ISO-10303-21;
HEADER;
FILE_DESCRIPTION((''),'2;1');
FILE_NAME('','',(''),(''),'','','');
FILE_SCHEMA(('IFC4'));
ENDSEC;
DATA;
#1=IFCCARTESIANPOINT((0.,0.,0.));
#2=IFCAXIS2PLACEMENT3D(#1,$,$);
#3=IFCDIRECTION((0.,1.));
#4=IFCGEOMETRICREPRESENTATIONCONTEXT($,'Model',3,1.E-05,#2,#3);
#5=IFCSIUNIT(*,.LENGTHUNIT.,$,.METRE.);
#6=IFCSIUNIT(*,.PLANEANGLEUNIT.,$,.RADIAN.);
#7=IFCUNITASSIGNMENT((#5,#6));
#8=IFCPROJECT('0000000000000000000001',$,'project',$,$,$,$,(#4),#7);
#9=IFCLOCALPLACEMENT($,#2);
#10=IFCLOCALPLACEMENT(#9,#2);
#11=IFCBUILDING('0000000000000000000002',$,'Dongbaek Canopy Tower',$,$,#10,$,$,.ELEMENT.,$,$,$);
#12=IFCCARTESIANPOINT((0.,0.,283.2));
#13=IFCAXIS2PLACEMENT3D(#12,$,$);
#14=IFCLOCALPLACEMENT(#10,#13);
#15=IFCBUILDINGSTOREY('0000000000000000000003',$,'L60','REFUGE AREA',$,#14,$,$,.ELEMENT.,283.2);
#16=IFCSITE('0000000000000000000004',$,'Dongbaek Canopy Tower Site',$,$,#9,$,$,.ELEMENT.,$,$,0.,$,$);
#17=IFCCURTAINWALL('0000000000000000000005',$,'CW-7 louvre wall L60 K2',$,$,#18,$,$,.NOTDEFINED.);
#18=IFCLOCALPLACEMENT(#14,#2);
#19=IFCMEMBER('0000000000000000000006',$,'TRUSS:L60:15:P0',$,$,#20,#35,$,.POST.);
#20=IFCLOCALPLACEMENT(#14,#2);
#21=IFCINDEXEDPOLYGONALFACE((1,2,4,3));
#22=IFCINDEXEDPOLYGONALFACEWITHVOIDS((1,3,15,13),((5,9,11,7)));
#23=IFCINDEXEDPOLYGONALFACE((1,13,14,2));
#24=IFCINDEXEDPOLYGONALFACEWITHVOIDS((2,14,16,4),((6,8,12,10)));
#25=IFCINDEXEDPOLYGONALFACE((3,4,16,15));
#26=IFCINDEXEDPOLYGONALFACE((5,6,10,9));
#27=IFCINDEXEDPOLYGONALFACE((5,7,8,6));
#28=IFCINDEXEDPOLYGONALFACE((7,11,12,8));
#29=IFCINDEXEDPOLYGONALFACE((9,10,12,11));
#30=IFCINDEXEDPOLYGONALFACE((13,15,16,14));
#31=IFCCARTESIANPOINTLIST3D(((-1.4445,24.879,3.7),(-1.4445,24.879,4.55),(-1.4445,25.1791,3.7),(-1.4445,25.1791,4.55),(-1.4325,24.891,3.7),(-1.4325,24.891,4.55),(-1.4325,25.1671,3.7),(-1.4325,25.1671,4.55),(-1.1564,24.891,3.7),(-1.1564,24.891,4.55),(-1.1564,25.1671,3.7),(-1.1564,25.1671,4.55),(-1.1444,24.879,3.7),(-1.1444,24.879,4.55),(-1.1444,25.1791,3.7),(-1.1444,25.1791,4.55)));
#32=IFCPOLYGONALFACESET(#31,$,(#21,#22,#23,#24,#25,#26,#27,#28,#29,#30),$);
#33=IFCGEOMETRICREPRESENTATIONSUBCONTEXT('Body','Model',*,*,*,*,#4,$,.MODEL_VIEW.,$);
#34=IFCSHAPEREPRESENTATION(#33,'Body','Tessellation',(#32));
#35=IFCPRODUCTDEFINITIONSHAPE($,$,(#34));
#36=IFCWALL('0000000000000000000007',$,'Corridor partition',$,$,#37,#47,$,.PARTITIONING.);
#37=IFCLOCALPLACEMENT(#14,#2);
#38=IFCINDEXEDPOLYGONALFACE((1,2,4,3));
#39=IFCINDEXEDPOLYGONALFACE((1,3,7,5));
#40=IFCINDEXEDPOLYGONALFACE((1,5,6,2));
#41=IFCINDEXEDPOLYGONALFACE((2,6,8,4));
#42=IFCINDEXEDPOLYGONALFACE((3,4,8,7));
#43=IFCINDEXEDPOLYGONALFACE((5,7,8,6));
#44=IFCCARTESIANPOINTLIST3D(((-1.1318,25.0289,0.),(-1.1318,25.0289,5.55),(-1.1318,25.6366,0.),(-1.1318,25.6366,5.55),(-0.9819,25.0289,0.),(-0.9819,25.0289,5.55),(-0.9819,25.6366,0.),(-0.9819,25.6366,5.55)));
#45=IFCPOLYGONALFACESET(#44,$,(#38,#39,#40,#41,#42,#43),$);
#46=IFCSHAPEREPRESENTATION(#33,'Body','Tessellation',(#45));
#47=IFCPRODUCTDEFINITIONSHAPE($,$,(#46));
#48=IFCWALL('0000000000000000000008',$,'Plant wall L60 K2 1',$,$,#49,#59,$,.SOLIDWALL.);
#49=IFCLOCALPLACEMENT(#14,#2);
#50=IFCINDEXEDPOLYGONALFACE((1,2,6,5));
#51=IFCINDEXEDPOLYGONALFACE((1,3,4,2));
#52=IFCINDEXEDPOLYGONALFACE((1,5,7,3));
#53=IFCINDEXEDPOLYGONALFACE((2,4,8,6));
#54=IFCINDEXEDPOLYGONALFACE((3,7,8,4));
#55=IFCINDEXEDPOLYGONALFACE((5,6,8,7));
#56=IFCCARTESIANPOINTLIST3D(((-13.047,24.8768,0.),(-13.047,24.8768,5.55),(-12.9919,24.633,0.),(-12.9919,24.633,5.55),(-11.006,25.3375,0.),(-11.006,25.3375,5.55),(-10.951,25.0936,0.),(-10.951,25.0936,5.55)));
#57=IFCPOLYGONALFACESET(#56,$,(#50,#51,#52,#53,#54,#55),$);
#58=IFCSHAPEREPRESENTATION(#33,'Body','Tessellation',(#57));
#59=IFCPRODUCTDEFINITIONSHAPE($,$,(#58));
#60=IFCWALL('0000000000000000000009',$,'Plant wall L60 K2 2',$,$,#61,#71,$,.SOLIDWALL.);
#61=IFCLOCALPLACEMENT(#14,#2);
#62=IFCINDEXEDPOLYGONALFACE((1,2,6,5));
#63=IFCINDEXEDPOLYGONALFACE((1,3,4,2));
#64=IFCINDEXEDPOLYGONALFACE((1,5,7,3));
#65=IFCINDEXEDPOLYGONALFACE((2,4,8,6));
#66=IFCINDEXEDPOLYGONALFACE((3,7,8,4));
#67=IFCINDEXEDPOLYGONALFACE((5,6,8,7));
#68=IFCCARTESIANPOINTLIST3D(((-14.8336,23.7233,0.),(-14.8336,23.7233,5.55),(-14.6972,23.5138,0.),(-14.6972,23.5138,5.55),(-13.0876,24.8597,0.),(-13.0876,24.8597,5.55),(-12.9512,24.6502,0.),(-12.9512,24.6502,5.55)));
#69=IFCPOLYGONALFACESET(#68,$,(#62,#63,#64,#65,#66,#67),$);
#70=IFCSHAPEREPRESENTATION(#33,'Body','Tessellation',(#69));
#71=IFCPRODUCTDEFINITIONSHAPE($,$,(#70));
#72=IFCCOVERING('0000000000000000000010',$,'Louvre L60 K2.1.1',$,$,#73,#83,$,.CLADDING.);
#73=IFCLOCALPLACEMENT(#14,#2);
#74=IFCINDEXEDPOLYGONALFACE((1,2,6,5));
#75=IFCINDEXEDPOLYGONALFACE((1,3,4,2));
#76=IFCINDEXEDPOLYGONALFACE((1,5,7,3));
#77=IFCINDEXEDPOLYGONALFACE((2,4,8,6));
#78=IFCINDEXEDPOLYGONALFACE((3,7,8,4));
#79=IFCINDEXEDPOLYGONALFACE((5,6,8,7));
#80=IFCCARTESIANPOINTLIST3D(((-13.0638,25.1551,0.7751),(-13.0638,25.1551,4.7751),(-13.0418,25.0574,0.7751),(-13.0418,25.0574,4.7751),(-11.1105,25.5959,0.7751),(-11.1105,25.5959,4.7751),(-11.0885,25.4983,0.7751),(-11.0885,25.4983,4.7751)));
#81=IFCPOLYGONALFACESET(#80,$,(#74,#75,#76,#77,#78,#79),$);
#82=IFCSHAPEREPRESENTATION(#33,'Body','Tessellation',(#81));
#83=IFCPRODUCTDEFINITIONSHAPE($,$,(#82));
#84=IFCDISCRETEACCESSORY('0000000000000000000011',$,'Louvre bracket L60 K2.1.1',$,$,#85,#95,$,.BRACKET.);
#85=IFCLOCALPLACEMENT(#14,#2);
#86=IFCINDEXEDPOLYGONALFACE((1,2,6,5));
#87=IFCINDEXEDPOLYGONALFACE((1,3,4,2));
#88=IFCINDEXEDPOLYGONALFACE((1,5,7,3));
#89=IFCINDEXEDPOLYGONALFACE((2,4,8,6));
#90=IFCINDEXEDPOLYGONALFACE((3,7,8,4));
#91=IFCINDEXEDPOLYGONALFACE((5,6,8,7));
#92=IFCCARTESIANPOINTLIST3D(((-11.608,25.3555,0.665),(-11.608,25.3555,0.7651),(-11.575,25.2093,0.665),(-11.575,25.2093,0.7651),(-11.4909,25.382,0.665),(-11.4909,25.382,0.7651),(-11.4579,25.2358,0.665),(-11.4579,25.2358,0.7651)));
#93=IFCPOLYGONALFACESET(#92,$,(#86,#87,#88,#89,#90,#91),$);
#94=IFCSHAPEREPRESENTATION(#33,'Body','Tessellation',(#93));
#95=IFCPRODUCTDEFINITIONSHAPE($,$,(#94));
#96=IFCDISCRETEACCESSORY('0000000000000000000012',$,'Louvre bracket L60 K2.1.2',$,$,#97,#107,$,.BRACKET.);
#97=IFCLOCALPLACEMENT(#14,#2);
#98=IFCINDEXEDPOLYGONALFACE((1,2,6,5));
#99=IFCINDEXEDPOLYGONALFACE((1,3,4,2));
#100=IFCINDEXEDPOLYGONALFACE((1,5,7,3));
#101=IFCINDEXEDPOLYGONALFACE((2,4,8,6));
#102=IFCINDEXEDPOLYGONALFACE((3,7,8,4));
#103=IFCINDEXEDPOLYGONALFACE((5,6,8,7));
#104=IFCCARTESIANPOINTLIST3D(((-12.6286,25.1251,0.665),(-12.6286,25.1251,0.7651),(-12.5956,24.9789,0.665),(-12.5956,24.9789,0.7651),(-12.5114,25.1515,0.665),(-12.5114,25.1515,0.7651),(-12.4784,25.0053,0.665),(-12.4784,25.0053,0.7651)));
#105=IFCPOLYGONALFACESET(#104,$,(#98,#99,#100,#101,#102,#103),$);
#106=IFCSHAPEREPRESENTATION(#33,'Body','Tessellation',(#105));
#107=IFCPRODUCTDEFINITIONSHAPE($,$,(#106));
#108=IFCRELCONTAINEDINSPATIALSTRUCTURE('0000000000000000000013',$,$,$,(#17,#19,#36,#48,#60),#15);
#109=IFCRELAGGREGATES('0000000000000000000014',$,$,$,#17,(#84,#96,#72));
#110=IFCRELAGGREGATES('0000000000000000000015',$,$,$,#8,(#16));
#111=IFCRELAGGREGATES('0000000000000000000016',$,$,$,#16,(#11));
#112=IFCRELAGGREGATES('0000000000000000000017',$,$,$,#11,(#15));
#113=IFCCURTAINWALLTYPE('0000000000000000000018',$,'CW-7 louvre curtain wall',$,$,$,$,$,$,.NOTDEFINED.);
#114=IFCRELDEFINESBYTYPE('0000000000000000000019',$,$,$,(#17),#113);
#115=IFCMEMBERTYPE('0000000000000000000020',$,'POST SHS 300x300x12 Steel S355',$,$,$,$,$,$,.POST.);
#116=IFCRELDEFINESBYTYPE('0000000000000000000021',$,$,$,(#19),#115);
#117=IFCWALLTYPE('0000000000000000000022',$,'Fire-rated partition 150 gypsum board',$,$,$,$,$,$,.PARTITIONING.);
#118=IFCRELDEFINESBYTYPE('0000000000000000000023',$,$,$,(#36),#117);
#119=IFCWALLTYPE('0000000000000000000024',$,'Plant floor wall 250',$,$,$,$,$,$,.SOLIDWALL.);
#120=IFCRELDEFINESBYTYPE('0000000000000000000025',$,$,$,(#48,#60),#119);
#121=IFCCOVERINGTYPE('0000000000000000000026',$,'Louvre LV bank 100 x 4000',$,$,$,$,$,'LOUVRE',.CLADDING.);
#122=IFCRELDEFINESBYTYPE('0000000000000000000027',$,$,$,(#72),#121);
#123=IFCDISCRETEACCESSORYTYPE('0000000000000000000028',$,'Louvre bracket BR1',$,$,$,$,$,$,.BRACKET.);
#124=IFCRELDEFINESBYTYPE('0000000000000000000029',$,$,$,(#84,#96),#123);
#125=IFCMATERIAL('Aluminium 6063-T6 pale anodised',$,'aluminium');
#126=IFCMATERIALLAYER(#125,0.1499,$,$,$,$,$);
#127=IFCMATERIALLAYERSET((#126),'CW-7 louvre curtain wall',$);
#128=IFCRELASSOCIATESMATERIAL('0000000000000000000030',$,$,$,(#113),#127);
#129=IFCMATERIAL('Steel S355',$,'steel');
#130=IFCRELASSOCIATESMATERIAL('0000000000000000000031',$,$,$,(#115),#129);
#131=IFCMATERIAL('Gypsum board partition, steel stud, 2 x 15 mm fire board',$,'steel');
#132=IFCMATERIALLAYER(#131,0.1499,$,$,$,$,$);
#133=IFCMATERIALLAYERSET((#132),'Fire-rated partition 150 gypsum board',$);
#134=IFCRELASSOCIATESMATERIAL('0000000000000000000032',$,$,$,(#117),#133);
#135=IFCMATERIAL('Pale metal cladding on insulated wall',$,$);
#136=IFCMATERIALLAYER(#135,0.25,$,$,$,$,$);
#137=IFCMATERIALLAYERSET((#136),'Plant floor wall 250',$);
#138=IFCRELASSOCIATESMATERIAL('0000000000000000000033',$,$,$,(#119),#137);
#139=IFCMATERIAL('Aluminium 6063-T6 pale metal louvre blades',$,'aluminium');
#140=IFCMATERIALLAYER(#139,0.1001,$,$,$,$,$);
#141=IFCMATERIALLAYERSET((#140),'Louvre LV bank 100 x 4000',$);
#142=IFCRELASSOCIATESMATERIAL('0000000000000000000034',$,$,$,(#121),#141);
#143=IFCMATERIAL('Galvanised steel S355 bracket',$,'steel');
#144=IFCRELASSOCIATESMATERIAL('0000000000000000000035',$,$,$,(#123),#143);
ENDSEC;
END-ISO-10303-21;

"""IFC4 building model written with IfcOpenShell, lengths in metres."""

from ifc_helpers import new_model, si_unit, direction, frame, frame_2d, origin, origin_2d, place, context, subcontext, project, spatial, rectangle, hollow_rectangle, extrude, material, layer, layer_set, material_profile, profile_set, type_object, element, aggregate, save


model = new_model("IFC4")

# Units and contexts
model_context = context("Model", 3, precision=1e-05, world=origin(), true_north=direction((0.0, 1.0)))
body_context = subcontext(model_context, "Body", "Model", "MODEL_VIEW")
ifc_project = project(units=[si_unit("LENGTHUNIT", "METRE"), si_unit("PLANEANGLEUNIT", "RADIAN")], contexts=[model_context])

# Site, building, storey
site_placement = place(None, origin())
site = spatial("IfcSite", under=ifc_project, at=site_placement, Name="Dongbaek Canopy Tower Site", CompositionType="ELEMENT", RefElevation=0.0)
building_placement = place(site_placement, origin())
building = spatial("IfcBuilding", under=site, at=building_placement, Name="Dongbaek Canopy Tower", CompositionType="ELEMENT")
storey_placement = place(building_placement, frame((0.0, 0.0, 283.2)))
storey = spatial("IfcBuildingStorey", under=building, at=storey_placement, Name="L60", Description="REFUGE AREA", CompositionType="ELEMENT", Elevation=283.2)

# Curtain wall
ifc_material_1 = material(Name="Aluminium 6063-T6 pale anodised", Category="aluminium")
ifc_layer_1 = layer(ifc_material_1, 0.1499)
ifc_layer_set_1 = layer_set([ifc_layer_1], Name="CW-7 louvre curtain wall")
curtain_wall_type = type_object("IfcCurtainWallType", Name="CW-7 louvre curtain wall", PredefinedType="NOTDEFINED", material=ifc_layer_set_1)
curtain_wall_placement = place(storey_placement, origin())
curtain_wall = element("IfcCurtainWall", 1, at=curtain_wall_placement, inside=storey, type_object=curtain_wall_type, Name="CW-7 louvre wall L60 K2", PredefinedType="NOTDEFINED")

# Member
ifc_material_2 = material(Name="Steel S355", Category="steel")
ifc_material_profile_1 = material_profile(ifc_material_2, hollow_rectangle(XDim=0.3, YDim=0.3, WallThickness=0.012, at=origin_2d()), Name="POST SHS 300x300x12 Steel S355")
ifc_profile_set_1 = profile_set([ifc_material_profile_1], Name="Steel S355")
member_type_1 = type_object("IfcMemberType", Name="POST SHS 300x300x12 Steel S355", PredefinedType="POST", material=ifc_profile_set_1)
member_1_placement = place(storey_placement, frame((-1.2944, 25.0291, 3.7), z_axis=(0.0, 0.0, 1.0), x_axis=(1.0, 0.0, 0.0)))
element("IfcMember", 2, at=member_1_placement, inside=storey, type_object=member_type_1, Name="TRUSS:L60:15:P0", PredefinedType="POST", context=body_context, shape_type="SweptSolid", body=[
    extrude(hollow_rectangle(XDim=0.3, YDim=0.3, WallThickness=0.012, at=origin_2d()), origin(), (0.0, 0.0, 1.0), 0.8501),
])

# Walls
ifc_material_3 = material(Name="Gypsum board partition, steel stud, 2 x 15 mm fire board", Category="steel")
ifc_layer_2 = layer(ifc_material_3, 0.1499)
ifc_layer_set_2 = layer_set([ifc_layer_2], Name="Fire-rated partition 150 gypsum board")
wall_type_1 = type_object("IfcWallType", Name="Fire-rated partition 150 gypsum board", PredefinedType="PARTITIONING", material=ifc_layer_set_2)
wall_1_placement = place(storey_placement, frame((-1.0569, 25.0291, 0.0), z_axis=(0.0, 0.0, 1.0), x_axis=(0.0, 1.0, 0.0)))
element("IfcWall", 3, at=wall_1_placement, inside=storey, type_object=wall_type_1, Name="Corridor partition", PredefinedType="PARTITIONING", context=body_context, shape_type="SweptSolid", body=[
    extrude(rectangle(XDim=0.6077, YDim=0.1499, at=frame_2d((0.3037, 0.0))), origin(), (0.0, 0.0, 1.0), 5.55),
])
ifc_material_4 = material(Name="Pale metal cladding on insulated wall")
ifc_layer_3 = layer(ifc_material_4, 0.25)
ifc_layer_set_3 = layer_set([ifc_layer_3], Name="Plant floor wall 250")
wall_type_2 = type_object("IfcWallType", Name="Plant floor wall 250", PredefinedType="SOLIDWALL", material=ifc_layer_set_3)
wall_2_placement = place(storey_placement, frame((-10.9785, 25.2156, 0.0), z_axis=(0.0, 0.0, 1.0), x_axis=(-0.97546, -0.220179, 0.0)))
element("IfcWall", 4, at=wall_2_placement, inside=storey, type_object=wall_type_2, Name="Plant wall L60 K2 1", PredefinedType="SOLIDWALL", context=body_context, shape_type="SweptSolid", body=[
    extrude(rectangle(XDim=2.0923, YDim=0.25, at=frame_2d((1.0461, 0.0))), origin(), (0.0, 0.0, 1.0), 5.55),
])
wall_3_placement = place(storey_placement, frame((-13.0195, 24.7549, 0.0), z_axis=(0.0, 0.0, 1.0), x_axis=(-0.838111, -0.545499, 0.0)))
element("IfcWall", 5, at=wall_3_placement, inside=storey, type_object=wall_type_2, Name="Plant wall L60 K2 2", PredefinedType="SOLIDWALL", context=body_context, shape_type="SweptSolid", body=[
    extrude(rectangle(XDim=2.0833, YDim=0.25, at=frame_2d((1.0415, 0.0))), origin(), (0.0, 0.0, 1.0), 5.55),
])

# Covering
ifc_material_5 = material(Name="Aluminium 6063-T6 pale metal louvre blades", Category="aluminium")
ifc_layer_4 = layer(ifc_material_5, 0.1001)
ifc_layer_set_4 = layer_set([ifc_layer_4], Name="Louvre LV bank 100 x 4000")
covering_type = type_object("IfcCoveringType", Name="Louvre LV bank 100 x 4000", ElementType="LOUVRE", PredefinedType="CLADDING", material=ifc_layer_set_4)
covering_placement = place(storey_placement, frame((-12.0762, 25.3267, 0.7751), z_axis=(0.0, 0.0, 1.0), x_axis=(-0.975466, -0.220151, 0.0)))
covering = element("IfcCovering", 6, at=covering_placement, type_object=covering_type, Name="Louvre L60 K2.1.1", PredefinedType="CLADDING", context=body_context, shape_type="SweptSolid", body=[
    extrude(rectangle(XDim=2.0024, YDim=0.1001, at=origin_2d()), origin(), (0.0, 0.0, 1.0), 4.0),
])

# Discrete accessories
ifc_material_6 = material(Name="Galvanised steel S355 bracket", Category="steel")
discrete_accessory_type = type_object("IfcDiscreteAccessoryType", Name="Louvre bracket BR1", PredefinedType="BRACKET", material=ifc_material_6)
discrete_accessory_1_placement = place(storey_placement, frame((-11.533, 25.2957, 0.665), z_axis=(0.0, 0.0, 1.0), x_axis=(-0.975466, -0.220151, 0.0)))
discrete_accessory_1 = element("IfcDiscreteAccessory", 7, at=discrete_accessory_1_placement, type_object=discrete_accessory_type, Name="Louvre bracket L60 K2.1.1", PredefinedType="BRACKET", context=body_context, shape_type="SweptSolid", body=[
    extrude(rectangle(XDim=0.1201, YDim=0.1499, at=origin_2d()), origin(), (0.0, 0.0, 1.0), 0.1001),
])
discrete_accessory_2_placement = place(storey_placement, frame((-12.5535, 25.0652, 0.665), z_axis=(0.0, 0.0, 1.0), x_axis=(-0.975466, -0.220151, 0.0)))
discrete_accessory_2 = element("IfcDiscreteAccessory", 8, at=discrete_accessory_2_placement, type_object=discrete_accessory_type, Name="Louvre bracket L60 K2.1.2", PredefinedType="BRACKET", context=body_context, shape_type="SweptSolid", body=[
    extrude(rectangle(XDim=0.1201, YDim=0.1499, at=origin_2d()), origin(), (0.0, 0.0, 1.0), 0.1001),
])
aggregate(curtain_wall, [discrete_accessory_1, discrete_accessory_2, covering])

save(model, "model.ifc")
